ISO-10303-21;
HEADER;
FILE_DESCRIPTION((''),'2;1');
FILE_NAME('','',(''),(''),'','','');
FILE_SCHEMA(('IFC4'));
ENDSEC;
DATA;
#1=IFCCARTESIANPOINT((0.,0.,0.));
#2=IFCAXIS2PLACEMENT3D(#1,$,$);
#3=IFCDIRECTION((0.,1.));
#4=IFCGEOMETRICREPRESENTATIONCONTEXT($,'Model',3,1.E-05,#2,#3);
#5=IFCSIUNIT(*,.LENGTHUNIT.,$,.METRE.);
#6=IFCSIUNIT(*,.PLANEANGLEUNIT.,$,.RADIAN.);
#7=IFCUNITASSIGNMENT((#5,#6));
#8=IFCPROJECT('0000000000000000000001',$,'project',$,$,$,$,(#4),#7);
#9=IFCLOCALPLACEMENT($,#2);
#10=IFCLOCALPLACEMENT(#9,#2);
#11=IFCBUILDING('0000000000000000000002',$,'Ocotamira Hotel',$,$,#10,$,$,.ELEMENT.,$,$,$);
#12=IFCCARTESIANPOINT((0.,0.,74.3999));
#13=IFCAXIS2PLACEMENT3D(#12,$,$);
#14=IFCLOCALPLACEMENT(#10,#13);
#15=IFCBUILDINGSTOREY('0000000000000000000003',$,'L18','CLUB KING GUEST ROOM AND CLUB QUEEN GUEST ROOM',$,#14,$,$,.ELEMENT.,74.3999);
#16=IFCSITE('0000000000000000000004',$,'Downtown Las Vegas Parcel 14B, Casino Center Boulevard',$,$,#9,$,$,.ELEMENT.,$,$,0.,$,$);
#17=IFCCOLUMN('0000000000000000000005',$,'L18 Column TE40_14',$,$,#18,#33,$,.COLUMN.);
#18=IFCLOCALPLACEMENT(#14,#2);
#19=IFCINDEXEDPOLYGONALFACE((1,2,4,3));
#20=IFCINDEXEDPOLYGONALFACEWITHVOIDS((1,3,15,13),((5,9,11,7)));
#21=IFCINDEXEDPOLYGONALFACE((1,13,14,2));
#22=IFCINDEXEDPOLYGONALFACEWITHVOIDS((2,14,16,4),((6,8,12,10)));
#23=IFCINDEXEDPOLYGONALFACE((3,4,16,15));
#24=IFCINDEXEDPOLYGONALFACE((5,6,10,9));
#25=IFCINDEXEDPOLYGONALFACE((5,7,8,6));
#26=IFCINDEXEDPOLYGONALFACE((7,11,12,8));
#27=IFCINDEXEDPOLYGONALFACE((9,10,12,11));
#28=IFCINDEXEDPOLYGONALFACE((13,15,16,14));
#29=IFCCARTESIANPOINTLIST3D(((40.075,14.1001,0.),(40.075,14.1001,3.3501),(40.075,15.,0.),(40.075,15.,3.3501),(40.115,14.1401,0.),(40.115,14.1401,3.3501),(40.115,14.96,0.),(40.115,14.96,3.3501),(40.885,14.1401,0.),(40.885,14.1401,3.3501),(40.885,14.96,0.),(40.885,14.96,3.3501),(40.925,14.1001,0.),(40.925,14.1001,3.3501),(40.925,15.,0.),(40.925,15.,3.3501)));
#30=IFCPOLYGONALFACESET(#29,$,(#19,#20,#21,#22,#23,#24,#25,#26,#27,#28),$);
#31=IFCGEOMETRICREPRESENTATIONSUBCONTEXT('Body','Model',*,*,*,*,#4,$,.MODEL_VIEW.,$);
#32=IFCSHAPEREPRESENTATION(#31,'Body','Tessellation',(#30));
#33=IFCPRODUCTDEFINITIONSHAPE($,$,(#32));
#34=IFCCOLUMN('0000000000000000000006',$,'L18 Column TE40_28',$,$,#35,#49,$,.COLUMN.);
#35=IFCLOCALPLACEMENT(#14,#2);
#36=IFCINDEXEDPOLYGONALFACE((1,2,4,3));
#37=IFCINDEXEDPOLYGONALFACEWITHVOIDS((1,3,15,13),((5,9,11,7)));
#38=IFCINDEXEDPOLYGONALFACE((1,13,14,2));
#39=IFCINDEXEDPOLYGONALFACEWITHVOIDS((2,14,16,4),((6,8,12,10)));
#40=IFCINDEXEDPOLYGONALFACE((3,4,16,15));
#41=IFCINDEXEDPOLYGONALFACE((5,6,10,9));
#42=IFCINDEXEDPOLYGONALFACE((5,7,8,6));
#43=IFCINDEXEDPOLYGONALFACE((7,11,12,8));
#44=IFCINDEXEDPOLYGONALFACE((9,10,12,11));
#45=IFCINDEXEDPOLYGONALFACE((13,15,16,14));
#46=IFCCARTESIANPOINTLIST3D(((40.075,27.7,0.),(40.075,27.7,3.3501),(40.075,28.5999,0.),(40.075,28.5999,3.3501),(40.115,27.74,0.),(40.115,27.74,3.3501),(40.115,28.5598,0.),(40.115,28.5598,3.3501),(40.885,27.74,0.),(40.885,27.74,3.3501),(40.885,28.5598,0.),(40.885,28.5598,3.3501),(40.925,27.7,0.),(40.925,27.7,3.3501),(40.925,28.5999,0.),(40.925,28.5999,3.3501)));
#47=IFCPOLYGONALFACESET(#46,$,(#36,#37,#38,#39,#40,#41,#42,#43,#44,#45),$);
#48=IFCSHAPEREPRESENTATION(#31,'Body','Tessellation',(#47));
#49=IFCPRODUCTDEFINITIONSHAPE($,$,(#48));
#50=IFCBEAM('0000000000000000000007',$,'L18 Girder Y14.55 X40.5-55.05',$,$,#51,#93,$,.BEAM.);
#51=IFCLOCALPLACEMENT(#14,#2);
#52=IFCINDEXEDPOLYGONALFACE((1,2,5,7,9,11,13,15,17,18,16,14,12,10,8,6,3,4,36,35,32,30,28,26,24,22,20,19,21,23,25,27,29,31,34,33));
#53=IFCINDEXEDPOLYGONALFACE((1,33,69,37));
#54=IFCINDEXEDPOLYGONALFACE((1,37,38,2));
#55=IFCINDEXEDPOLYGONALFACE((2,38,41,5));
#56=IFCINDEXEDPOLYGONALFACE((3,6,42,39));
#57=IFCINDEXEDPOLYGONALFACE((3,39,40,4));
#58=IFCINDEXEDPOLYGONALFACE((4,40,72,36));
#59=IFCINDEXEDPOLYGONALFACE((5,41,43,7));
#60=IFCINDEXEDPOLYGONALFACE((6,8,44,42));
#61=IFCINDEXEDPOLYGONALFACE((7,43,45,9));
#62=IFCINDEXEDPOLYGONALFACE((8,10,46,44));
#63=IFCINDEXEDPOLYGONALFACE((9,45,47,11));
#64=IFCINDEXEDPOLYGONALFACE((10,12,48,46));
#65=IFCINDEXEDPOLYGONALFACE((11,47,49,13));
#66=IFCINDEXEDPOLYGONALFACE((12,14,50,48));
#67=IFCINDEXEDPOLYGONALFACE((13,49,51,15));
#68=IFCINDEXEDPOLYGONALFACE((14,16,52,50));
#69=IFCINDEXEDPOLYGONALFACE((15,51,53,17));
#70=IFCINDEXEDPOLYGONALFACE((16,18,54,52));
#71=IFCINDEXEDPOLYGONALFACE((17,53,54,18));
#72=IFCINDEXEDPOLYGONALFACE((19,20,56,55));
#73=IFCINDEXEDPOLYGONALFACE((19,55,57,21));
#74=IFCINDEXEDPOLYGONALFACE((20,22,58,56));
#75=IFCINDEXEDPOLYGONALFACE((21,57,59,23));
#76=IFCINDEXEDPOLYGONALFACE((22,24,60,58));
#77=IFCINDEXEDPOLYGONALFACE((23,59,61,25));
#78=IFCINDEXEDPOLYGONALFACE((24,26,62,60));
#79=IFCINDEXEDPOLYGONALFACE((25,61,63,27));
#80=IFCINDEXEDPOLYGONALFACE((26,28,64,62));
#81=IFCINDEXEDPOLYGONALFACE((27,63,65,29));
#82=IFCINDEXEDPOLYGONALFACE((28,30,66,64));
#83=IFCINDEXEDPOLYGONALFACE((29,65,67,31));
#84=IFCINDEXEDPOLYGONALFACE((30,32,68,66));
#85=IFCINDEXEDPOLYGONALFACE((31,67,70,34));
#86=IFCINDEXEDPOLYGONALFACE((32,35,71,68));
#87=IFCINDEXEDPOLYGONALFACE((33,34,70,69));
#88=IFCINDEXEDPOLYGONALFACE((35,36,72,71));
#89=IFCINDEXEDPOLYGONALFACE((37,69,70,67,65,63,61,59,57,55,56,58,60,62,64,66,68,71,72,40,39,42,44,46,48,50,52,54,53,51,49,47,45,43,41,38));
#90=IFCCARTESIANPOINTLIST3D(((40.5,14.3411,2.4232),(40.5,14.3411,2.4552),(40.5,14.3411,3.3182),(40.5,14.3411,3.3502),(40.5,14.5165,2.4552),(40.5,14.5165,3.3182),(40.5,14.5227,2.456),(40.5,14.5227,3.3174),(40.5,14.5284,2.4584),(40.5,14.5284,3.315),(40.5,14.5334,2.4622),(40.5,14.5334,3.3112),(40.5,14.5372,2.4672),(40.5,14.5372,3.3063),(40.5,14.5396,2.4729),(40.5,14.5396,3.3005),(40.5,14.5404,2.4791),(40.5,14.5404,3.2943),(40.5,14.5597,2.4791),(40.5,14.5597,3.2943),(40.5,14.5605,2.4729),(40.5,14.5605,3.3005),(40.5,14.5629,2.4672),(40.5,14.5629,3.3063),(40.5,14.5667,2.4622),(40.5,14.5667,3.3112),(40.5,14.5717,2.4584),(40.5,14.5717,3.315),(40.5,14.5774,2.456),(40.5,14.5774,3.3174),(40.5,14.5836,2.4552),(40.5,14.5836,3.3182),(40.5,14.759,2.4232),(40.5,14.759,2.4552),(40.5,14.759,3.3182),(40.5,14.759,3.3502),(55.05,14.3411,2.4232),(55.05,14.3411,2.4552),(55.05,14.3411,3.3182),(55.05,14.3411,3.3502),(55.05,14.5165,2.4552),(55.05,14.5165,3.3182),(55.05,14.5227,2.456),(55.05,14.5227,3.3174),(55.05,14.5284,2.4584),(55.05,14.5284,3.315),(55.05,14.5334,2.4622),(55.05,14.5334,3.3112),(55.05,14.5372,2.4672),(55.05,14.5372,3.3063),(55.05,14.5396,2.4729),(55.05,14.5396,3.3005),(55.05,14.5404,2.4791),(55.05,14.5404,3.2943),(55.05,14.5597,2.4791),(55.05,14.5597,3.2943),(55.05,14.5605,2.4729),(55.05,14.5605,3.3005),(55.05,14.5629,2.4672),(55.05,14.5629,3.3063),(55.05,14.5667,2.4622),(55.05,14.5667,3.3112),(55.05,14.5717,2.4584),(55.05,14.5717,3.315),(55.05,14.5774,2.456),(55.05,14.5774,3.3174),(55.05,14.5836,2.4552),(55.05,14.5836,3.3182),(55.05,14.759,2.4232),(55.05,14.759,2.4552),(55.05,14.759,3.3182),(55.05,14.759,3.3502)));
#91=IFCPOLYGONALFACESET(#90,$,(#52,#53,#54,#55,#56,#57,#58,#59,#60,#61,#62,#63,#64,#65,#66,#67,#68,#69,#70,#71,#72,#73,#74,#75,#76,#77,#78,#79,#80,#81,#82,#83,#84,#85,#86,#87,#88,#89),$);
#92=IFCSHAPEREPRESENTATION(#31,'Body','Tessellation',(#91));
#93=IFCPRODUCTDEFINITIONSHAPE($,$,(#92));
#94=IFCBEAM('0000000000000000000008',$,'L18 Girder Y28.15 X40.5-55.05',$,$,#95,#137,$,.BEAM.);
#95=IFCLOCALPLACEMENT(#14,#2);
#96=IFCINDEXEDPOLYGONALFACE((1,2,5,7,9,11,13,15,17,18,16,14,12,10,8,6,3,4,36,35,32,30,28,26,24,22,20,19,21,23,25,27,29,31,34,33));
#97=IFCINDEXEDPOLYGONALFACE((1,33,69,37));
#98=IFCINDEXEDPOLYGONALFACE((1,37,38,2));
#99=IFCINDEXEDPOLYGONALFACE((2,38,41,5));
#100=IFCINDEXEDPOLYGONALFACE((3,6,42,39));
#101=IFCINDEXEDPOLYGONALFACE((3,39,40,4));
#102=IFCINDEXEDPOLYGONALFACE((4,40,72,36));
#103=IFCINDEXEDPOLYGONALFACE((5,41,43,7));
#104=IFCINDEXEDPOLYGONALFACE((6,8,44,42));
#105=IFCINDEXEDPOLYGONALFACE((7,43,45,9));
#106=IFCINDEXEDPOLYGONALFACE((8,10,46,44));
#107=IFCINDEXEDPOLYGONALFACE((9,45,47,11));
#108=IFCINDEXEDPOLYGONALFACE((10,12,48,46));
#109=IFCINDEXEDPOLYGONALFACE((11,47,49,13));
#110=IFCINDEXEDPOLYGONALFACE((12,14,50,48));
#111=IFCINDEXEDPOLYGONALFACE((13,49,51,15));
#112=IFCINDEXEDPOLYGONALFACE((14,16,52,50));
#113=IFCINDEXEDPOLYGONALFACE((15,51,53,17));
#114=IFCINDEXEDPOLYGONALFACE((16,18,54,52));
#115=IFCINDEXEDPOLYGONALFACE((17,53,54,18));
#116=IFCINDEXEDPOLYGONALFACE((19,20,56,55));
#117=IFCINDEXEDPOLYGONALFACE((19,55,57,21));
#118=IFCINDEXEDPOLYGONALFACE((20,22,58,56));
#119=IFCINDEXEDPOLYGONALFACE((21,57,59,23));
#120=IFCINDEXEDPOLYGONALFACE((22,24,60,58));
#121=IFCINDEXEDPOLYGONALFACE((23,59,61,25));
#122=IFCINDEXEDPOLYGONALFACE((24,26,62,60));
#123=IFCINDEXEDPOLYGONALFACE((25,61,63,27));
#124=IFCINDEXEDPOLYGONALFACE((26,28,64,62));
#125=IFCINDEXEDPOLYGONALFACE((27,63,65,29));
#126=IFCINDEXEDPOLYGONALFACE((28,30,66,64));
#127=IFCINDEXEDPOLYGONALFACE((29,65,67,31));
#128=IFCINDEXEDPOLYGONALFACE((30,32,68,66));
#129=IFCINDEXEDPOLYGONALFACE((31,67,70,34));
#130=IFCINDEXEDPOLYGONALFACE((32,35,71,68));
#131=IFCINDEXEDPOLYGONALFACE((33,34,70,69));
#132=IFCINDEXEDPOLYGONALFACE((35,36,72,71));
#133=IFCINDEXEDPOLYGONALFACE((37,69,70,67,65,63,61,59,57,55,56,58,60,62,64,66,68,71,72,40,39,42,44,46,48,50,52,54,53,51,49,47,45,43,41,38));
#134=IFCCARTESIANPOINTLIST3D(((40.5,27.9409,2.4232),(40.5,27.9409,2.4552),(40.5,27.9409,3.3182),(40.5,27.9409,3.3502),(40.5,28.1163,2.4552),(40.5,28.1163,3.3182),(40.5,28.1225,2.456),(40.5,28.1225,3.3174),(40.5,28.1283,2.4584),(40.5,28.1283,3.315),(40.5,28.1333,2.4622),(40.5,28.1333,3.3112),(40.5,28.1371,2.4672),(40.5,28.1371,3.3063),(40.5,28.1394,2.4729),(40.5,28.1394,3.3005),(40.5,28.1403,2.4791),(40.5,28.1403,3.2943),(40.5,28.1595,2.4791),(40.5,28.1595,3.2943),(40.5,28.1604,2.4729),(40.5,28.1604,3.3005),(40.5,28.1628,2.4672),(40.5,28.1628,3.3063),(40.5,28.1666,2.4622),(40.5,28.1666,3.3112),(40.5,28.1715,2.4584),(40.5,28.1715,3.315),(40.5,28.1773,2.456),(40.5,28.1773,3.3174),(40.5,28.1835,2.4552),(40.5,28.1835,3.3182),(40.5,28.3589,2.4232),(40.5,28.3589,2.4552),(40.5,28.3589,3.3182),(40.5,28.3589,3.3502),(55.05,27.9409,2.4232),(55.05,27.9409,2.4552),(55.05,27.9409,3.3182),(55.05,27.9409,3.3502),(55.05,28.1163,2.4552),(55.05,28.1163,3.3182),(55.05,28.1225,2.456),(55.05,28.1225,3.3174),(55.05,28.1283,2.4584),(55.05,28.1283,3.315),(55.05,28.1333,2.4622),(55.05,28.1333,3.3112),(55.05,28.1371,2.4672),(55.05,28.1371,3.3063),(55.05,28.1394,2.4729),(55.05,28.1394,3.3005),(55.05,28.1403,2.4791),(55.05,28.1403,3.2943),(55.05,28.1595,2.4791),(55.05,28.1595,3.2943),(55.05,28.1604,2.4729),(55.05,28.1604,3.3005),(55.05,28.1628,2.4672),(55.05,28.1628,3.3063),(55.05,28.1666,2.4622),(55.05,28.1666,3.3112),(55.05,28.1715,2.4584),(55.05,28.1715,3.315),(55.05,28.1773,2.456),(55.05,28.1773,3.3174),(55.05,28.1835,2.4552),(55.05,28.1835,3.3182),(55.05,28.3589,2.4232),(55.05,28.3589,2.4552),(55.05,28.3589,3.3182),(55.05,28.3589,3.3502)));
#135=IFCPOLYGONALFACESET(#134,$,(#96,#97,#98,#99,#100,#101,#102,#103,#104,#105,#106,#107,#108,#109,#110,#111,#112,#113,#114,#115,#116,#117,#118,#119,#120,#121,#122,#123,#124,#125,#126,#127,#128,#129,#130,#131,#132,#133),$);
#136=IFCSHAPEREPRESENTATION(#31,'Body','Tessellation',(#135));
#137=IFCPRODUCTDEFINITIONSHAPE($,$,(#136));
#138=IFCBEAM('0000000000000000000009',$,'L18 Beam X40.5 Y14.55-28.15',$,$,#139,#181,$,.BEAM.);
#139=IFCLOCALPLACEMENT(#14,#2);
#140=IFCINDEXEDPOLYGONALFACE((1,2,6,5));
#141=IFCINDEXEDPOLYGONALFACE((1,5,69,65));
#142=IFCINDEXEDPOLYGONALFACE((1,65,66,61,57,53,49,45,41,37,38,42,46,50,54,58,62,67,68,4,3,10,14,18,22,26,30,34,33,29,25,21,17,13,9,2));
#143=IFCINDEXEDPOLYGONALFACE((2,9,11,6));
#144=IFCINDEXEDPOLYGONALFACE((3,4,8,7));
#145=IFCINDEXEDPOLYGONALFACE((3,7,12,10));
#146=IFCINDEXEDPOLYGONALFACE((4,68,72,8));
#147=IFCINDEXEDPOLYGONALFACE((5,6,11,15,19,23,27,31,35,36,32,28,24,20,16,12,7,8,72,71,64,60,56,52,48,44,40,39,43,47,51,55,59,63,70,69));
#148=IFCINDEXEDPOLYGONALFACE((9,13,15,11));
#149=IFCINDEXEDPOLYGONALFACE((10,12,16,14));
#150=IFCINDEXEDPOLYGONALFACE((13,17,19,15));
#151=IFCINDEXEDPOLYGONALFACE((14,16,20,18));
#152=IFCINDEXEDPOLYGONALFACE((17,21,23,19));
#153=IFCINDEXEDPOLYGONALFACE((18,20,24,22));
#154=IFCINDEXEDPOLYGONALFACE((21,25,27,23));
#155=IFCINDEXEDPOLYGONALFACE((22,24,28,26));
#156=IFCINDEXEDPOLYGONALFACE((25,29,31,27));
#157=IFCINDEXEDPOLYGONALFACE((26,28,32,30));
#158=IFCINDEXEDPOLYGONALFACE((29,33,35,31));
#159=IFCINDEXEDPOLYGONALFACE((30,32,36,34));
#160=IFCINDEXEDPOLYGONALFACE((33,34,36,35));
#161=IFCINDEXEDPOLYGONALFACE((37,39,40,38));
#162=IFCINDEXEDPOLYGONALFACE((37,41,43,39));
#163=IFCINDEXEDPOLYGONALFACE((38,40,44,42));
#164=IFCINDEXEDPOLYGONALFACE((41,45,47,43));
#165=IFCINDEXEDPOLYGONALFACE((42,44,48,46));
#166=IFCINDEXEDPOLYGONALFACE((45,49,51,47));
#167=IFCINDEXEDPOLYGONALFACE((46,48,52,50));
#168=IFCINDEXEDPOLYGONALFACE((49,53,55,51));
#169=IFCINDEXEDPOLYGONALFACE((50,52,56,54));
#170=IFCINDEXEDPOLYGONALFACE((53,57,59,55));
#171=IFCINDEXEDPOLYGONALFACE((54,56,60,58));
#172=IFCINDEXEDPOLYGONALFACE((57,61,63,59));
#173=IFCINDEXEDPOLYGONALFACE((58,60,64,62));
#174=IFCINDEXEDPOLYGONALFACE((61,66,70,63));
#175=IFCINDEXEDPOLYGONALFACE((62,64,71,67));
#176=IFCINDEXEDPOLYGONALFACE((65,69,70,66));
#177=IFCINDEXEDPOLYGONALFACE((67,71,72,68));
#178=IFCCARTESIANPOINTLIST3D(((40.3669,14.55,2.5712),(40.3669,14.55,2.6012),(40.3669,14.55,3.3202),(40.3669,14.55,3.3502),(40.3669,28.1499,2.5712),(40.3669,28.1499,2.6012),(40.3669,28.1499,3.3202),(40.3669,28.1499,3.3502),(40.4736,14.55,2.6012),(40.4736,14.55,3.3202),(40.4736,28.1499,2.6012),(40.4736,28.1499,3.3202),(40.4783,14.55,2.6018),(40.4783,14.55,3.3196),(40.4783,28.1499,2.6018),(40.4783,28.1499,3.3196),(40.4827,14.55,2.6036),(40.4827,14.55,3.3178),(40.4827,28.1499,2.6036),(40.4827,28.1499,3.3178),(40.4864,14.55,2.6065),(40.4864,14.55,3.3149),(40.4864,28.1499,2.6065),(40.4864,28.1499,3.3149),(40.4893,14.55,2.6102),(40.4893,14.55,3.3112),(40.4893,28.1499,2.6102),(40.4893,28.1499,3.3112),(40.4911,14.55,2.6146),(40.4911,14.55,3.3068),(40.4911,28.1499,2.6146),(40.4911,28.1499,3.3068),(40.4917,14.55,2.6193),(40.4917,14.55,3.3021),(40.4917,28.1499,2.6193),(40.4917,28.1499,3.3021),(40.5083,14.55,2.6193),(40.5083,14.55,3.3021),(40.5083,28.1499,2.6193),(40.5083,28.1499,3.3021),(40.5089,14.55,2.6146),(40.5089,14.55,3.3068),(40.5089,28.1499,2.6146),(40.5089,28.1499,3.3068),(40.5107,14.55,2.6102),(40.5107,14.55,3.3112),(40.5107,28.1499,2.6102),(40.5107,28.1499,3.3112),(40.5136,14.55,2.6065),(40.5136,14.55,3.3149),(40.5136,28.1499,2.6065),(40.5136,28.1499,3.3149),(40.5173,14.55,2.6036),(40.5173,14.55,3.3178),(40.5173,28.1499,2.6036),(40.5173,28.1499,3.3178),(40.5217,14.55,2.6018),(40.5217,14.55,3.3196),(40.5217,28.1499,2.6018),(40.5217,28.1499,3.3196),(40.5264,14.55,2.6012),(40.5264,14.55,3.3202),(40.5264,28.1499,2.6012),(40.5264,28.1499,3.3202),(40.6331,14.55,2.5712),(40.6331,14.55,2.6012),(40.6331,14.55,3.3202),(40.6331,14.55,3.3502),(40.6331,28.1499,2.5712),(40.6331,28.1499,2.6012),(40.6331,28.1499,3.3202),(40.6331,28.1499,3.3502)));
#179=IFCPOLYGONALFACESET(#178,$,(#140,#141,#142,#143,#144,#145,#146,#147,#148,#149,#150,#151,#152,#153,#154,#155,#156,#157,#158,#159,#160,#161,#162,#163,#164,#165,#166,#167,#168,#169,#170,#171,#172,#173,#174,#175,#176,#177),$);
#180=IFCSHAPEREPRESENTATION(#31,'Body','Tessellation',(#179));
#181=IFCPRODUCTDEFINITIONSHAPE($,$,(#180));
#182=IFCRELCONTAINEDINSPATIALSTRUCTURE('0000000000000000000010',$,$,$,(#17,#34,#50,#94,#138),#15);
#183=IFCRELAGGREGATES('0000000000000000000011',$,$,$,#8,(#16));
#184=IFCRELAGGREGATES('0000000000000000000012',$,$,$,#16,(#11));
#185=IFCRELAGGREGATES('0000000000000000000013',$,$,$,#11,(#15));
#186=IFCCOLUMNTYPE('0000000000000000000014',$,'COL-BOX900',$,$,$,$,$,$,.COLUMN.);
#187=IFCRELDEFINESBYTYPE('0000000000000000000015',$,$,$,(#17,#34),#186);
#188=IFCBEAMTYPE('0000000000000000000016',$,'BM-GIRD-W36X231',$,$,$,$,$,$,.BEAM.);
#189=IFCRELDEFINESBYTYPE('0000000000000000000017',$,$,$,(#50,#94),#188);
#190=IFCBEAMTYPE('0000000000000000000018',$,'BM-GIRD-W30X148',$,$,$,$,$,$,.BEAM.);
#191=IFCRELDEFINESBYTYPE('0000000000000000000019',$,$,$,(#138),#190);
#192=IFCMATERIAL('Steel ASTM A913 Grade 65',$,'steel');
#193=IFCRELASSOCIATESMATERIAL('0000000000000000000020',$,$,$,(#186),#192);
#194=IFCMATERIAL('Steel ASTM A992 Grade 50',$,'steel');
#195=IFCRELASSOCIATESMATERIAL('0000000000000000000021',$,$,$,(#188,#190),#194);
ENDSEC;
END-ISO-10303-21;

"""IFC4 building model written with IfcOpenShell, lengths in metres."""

from ifc_helpers import new_model, si_unit, direction, frame, origin, origin_2d, place, context, subcontext, project, spatial, hollow_rectangle, i_section, extrude, source, transform, mapped, material, material_profile, profile_set, type_object, element, save


model = new_model("IFC4")

# Units and contexts
model_context = context("Model", 3, precision=1e-05, world=origin(), true_north=direction((0.0, 1.0)))
body_context = subcontext(model_context, "Body", "Model", "MODEL_VIEW")
ifc_project = project(units=[si_unit("LENGTHUNIT", "METRE"), si_unit("PLANEANGLEUNIT", "RADIAN")], contexts=[model_context])

# Site, building, storey
site_placement = place(None, origin())
site = spatial("IfcSite", under=ifc_project, at=site_placement, Name="Downtown Las Vegas Parcel 14B, Casino Center Boulevard", CompositionType="ELEMENT", RefElevation=0.0)
building_placement = place(site_placement, origin())
building = spatial("IfcBuilding", under=site, at=building_placement, Name="Ocotamira Hotel", CompositionType="ELEMENT")
storey_placement = place(building_placement, frame((0.0, 0.0, 74.3999)))
storey = spatial("IfcBuildingStorey", under=building, at=storey_placement, Name="L18", Description="CLUB KING GUEST ROOM AND CLUB QUEEN GUEST ROOM", CompositionType="ELEMENT", Elevation=74.3999)

# Columns
ifc_material_1 = material(Name="Steel ASTM A913 Grade 65", Category="steel")
ifc_material_profile_1 = material_profile(ifc_material_1, hollow_rectangle(XDim=0.8501, YDim=0.8999, WallThickness=0.04, at=origin_2d()), Name="BOX900X850X40")
ifc_profile_set_1 = profile_set([ifc_material_profile_1], Name="Steel ASTM A913 Grade 65")
column_type = type_object("IfcColumnType", Name="COL-BOX900", PredefinedType="COLUMN", material=ifc_profile_set_1)
shared_shape_1 = source(origin(), body_context, "Body", "SweptSolid", [
    extrude(hollow_rectangle(XDim=0.8501, YDim=0.8999, WallThickness=0.04, at=origin_2d()), origin(), (0.0, 0.0, 1.0), 3.3501),
])
for number, where, z_axis, x_axis, name in (
    (1, (40.5, 14.55, 0.0), (0.0, 0.0, 1.0), (1.0, 0.0, 0.0), "L18 Column TE40_14"),
    (2, (40.5, 28.1499, 0.0), (0.0, 0.0, 1.0), (1.0, 0.0, 0.0), "L18 Column TE40_28"),
):
    element("IfcColumn", number, at=place(storey_placement, frame(where, z_axis=z_axis, x_axis=x_axis)), inside=storey, type_object=column_type, Name=name, PredefinedType="COLUMN", context=body_context, shape_type="MappedRepresentation", body=[
        mapped(shared_shape_1, transform((0.0, 0.0, 0.0), scale=1.0)),
    ])

# Beams
ifc_material_2 = material(Name="Steel ASTM A992 Grade 50", Category="steel")
ifc_material_profile_2 = material_profile(ifc_material_2, i_section(OverallWidth=0.418, OverallDepth=0.927, WebThickness=0.0193, FlangeThickness=0.032, FilletRadius=0.0239, at=origin_2d()), Name="W36X231")
ifc_profile_set_2 = profile_set([ifc_material_profile_2], Name="Steel ASTM A992 Grade 50")
beam_type_1 = type_object("IfcBeamType", Name="BM-GIRD-W36X231", PredefinedType="BEAM", material=ifc_profile_set_2)
shared_shape_2 = source(origin(), body_context, "Body", "SweptSolid", [
    extrude(i_section(OverallWidth=0.418, OverallDepth=0.927, WebThickness=0.0193, FlangeThickness=0.032, FilletRadius=0.0239, at=origin_2d()), origin(), (0.0, 0.0, 1.0), 14.55),
])
for number, where, z_axis, x_axis, name in (
    (3, (40.5, 14.55, 2.8867), (1.0, 0.0, 0.0), (0.0, 1.0, 0.0), "L18 Girder Y14.55 X40.5-55.05"),
    (4, (40.5, 28.1499, 2.8867), (1.0, 0.0, 0.0), (0.0, 1.0, 0.0), "L18 Girder Y28.15 X40.5-55.05"),
):
    element("IfcBeam", number, at=place(storey_placement, frame(where, z_axis=z_axis, x_axis=x_axis)), inside=storey, type_object=beam_type_1, Name=name, PredefinedType="BEAM", context=body_context, shape_type="MappedRepresentation", body=[
        mapped(shared_shape_2, transform((0.0, 0.0, 0.0), scale=1.0)),
    ])
ifc_material_profile_3 = material_profile(ifc_material_2, i_section(OverallWidth=0.2661, OverallDepth=0.7791, WebThickness=0.0166, FlangeThickness=0.03, FilletRadius=0.0181, at=origin_2d()), Name="W30X148")
ifc_profile_set_3 = profile_set([ifc_material_profile_3], Name="Steel ASTM A992 Grade 50")
beam_type_2 = type_object("IfcBeamType", Name="BM-GIRD-W30X148", PredefinedType="BEAM", material=ifc_profile_set_3)
shared_shape_3 = source(origin(), body_context, "Body", "SweptSolid", [
    extrude(i_section(OverallWidth=0.2661, OverallDepth=0.7791, WebThickness=0.0166, FlangeThickness=0.03, FilletRadius=0.0181, at=origin_2d()), origin(), (0.0, 0.0, 1.0), 13.5999),
])
beam_1_placement = place(storey_placement, frame((40.5, 14.55, 2.9607), z_axis=(0.0, 1.0, 0.0), x_axis=(-1.0, 0.0, 0.0)))
element("IfcBeam", 5, at=beam_1_placement, inside=storey, type_object=beam_type_2, Name="L18 Beam X40.5 Y14.55-28.15", PredefinedType="BEAM", context=body_context, shape_type="MappedRepresentation", body=[
    mapped(shared_shape_3, transform((0.0, 0.0, 0.0), scale=1.0)),
])

save(model, "model.ifc")
